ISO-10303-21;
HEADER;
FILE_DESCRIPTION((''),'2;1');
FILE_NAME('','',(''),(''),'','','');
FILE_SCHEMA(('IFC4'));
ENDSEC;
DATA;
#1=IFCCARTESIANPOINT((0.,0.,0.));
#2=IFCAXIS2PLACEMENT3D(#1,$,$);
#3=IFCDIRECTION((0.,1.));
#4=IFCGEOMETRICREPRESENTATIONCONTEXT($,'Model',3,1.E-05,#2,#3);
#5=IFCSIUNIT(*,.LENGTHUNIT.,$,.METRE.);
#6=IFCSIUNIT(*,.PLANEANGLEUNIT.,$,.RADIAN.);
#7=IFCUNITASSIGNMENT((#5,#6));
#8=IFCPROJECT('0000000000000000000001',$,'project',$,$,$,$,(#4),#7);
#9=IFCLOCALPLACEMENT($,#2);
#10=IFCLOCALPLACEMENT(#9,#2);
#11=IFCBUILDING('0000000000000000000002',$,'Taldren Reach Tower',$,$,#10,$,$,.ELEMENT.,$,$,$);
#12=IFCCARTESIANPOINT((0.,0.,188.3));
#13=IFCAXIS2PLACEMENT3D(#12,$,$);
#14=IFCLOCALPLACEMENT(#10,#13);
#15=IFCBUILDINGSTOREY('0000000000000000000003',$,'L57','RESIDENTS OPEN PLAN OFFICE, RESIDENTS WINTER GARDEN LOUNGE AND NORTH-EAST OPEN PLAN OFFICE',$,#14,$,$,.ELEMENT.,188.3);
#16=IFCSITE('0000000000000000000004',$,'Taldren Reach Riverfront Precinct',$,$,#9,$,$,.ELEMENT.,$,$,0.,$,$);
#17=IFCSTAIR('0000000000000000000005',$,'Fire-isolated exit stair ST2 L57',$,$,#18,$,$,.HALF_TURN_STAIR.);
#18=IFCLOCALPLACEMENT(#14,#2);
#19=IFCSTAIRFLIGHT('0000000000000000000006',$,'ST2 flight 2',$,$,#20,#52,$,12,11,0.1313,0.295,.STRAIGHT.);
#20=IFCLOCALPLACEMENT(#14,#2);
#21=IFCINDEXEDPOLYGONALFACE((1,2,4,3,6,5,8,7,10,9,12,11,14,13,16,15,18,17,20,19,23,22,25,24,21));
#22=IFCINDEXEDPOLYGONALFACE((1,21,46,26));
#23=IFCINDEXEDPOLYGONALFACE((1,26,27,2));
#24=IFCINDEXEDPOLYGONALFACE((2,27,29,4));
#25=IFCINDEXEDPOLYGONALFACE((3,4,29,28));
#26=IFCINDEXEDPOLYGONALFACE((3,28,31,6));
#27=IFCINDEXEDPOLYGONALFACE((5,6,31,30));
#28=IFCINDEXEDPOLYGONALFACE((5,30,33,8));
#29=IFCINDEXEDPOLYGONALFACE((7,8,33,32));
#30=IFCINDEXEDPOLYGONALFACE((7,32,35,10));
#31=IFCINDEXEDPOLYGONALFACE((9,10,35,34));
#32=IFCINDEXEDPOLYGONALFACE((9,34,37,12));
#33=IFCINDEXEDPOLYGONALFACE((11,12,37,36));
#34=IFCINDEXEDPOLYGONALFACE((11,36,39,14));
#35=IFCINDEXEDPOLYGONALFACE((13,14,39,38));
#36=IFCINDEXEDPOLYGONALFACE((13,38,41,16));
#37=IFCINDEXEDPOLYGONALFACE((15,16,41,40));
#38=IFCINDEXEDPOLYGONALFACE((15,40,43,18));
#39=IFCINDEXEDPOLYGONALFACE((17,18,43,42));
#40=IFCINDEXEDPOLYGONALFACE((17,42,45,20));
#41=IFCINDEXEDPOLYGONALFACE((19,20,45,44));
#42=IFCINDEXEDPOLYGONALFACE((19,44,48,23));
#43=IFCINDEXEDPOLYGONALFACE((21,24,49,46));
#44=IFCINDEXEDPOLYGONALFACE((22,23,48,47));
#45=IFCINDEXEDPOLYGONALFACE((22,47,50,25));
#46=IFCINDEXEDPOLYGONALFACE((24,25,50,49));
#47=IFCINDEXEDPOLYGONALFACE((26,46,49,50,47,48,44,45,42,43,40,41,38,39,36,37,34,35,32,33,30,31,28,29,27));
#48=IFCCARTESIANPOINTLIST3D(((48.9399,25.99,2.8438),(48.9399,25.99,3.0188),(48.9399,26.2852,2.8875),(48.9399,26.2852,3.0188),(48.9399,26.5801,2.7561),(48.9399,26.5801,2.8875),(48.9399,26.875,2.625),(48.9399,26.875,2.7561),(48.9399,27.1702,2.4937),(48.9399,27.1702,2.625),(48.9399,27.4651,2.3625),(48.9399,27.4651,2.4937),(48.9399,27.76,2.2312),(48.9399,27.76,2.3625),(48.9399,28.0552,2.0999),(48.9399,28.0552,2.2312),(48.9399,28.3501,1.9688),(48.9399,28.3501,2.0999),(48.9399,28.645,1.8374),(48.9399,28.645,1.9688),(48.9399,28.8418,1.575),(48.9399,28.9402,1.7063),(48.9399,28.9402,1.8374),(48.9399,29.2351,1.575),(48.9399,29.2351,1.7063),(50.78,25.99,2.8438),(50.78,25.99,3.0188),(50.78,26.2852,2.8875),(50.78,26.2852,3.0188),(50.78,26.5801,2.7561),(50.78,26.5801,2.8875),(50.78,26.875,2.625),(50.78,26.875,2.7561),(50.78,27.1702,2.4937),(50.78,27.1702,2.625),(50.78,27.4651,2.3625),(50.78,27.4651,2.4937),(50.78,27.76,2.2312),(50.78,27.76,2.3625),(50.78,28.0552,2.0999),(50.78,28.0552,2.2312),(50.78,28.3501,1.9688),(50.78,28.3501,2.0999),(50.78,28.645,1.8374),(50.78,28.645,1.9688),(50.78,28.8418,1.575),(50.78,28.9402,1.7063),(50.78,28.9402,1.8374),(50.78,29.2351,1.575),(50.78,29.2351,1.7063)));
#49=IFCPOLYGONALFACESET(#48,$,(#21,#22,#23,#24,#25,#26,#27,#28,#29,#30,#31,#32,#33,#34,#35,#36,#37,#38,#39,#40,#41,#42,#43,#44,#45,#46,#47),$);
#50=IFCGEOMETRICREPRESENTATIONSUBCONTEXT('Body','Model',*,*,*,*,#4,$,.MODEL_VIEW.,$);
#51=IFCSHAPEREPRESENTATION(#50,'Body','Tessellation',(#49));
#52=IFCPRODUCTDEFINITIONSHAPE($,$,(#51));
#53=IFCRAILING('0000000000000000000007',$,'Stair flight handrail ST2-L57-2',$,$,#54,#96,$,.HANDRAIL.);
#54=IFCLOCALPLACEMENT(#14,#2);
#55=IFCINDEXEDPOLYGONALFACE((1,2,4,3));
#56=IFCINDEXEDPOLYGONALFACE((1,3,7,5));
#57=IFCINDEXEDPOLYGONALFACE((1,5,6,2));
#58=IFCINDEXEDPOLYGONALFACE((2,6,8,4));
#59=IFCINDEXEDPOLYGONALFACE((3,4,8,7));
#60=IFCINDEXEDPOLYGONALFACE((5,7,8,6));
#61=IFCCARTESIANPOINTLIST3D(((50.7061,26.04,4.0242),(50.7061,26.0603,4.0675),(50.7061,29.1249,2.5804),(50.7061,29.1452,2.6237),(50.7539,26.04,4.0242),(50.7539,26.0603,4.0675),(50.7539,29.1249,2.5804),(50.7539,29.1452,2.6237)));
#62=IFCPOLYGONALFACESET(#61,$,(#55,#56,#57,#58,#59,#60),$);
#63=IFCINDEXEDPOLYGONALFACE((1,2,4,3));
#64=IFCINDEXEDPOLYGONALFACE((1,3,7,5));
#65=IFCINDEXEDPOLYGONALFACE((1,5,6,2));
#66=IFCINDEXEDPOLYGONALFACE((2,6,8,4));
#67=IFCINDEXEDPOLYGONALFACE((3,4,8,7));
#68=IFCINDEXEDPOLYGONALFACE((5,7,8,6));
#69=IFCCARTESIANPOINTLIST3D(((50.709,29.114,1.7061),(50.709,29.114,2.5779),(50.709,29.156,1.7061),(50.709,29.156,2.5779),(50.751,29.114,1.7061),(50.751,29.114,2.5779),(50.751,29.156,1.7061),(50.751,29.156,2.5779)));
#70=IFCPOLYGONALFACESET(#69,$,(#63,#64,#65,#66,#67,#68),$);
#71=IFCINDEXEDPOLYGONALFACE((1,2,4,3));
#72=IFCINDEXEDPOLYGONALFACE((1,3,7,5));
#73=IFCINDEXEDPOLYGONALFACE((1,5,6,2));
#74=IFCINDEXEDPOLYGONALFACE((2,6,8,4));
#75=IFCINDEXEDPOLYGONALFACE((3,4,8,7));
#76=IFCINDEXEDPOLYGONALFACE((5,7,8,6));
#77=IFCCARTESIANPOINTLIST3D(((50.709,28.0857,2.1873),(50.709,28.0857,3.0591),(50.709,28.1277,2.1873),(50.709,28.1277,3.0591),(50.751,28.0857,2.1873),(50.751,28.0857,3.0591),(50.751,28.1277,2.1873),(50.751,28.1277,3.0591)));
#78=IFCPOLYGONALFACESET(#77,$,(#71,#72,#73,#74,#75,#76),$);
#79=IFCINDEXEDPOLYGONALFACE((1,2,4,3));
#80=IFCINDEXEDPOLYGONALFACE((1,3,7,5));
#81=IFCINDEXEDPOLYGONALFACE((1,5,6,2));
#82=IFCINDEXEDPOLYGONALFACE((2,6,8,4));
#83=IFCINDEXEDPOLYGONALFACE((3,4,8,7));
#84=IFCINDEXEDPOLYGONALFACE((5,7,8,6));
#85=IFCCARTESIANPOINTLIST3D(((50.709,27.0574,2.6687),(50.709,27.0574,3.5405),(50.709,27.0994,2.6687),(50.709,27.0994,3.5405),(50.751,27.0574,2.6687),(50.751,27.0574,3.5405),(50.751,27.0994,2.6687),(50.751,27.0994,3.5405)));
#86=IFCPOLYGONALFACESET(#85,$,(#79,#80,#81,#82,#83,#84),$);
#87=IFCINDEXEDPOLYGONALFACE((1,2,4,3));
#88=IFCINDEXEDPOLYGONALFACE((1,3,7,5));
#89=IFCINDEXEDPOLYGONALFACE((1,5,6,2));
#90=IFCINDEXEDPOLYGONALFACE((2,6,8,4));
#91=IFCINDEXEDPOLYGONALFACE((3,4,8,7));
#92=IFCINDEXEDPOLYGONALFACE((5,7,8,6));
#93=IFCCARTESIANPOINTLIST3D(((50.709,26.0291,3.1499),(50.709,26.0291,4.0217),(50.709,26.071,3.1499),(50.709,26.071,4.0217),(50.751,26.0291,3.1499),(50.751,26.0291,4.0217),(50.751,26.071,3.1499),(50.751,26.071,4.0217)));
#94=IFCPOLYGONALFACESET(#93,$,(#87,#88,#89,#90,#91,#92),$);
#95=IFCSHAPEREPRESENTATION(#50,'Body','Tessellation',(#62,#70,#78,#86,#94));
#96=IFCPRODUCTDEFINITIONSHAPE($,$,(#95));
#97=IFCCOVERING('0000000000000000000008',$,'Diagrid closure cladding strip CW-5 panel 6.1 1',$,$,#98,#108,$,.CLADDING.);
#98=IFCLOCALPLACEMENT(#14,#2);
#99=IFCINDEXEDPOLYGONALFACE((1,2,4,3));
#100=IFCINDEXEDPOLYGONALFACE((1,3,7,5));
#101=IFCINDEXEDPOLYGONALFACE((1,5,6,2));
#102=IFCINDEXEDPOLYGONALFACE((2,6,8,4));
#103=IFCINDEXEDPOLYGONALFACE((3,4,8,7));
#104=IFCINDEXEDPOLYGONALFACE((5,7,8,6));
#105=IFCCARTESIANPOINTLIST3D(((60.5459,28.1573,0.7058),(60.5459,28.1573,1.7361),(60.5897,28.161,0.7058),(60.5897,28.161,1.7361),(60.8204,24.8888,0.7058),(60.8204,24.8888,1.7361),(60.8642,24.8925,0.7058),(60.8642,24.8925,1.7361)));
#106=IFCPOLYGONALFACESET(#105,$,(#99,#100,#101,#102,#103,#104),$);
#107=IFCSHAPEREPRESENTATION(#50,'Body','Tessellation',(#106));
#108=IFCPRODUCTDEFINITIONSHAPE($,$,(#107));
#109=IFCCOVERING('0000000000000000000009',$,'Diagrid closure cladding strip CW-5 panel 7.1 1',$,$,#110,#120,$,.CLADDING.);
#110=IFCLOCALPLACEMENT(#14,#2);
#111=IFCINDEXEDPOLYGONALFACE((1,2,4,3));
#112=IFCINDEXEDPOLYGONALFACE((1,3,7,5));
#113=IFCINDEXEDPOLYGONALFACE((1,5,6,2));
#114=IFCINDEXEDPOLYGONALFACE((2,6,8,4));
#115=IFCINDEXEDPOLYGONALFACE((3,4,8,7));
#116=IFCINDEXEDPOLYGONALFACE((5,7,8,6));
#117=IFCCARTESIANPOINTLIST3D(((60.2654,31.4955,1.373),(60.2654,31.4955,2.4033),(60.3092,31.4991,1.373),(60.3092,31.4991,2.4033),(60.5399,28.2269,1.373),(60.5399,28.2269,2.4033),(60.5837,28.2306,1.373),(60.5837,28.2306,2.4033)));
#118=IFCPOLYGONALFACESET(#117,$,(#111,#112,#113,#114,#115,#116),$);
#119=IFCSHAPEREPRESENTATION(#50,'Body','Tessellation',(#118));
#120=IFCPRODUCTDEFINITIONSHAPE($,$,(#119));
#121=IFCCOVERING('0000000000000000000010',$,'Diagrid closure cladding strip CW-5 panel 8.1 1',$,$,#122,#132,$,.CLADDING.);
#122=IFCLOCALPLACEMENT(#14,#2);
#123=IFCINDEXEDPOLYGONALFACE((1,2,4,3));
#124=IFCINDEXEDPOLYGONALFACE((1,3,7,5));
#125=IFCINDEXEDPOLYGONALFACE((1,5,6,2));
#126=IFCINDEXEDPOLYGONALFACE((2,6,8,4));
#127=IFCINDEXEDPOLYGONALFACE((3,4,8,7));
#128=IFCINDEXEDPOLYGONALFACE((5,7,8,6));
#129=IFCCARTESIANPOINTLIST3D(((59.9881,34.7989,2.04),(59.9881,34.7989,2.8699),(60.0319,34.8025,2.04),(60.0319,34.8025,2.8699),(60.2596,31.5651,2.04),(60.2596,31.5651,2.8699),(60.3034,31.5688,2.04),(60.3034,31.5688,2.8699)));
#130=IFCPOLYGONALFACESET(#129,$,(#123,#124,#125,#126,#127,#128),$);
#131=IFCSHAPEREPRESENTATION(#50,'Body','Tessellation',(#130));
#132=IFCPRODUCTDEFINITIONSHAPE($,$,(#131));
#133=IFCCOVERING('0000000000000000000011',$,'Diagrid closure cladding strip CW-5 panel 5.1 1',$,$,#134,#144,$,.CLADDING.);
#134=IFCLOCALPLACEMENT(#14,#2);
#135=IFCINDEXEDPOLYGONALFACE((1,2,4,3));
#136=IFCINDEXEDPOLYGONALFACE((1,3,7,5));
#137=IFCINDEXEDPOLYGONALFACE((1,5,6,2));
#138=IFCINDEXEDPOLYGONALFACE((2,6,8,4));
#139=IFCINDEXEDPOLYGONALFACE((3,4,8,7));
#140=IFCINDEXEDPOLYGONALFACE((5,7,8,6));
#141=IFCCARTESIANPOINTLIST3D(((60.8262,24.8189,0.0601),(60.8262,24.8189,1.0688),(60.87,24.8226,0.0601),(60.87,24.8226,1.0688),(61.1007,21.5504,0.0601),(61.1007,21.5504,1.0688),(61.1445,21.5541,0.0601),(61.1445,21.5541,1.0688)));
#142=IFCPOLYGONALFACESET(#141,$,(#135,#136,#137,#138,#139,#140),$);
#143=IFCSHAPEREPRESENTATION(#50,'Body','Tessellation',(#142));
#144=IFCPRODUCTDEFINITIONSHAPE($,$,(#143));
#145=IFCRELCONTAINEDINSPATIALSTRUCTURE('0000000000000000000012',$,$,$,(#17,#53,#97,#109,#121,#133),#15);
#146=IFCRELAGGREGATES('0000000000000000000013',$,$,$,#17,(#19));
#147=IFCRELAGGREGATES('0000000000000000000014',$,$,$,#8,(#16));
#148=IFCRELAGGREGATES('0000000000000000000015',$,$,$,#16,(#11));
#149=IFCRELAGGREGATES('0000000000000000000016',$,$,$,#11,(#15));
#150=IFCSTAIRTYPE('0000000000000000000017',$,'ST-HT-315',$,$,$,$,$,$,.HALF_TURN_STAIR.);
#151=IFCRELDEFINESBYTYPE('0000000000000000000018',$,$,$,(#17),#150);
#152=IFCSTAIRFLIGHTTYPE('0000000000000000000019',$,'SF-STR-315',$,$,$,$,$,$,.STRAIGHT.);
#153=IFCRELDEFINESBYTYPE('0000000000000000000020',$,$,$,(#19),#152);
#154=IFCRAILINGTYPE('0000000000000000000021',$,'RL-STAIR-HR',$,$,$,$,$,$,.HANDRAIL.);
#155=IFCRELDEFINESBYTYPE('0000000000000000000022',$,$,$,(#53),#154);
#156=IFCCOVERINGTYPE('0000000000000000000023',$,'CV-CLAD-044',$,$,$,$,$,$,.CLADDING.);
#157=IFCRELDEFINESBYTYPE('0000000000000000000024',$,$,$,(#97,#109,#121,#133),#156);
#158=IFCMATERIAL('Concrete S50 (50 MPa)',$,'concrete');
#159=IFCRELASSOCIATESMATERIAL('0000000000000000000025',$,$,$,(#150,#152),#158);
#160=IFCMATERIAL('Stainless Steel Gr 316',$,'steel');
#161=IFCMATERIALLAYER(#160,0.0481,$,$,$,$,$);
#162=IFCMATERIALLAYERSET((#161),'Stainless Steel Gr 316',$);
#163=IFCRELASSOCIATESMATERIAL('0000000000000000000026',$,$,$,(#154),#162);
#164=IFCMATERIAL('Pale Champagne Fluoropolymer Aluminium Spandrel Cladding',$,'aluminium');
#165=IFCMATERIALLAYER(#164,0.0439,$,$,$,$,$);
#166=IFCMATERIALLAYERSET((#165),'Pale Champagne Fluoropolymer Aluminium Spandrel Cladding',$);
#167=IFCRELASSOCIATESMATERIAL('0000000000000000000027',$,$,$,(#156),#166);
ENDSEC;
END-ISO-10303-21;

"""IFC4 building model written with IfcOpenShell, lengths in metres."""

from ifc_helpers import new_model, si_unit, direction, frame, origin, origin_2d, place, context, subcontext, project, spatial, polyline, rectangle, outline, extrude, source, transform, mapped, material, layer, layer_set, type_object, element, aggregate, save


model = new_model("IFC4")

# Units and contexts
model_context = context("Model", 3, precision=1e-05, world=origin(), true_north=direction((0.0, 1.0)))
body_context = subcontext(model_context, "Body", "Model", "MODEL_VIEW")
ifc_project = project(units=[si_unit("LENGTHUNIT", "METRE"), si_unit("PLANEANGLEUNIT", "RADIAN")], contexts=[model_context])

# Site, building, storey
site_placement = place(None, origin())
site = spatial("IfcSite", under=ifc_project, at=site_placement, Name="Taldren Reach Riverfront Precinct", CompositionType="ELEMENT", RefElevation=0.0)
building_placement = place(site_placement, origin())
building = spatial("IfcBuilding", under=site, at=building_placement, Name="Taldren Reach Tower", CompositionType="ELEMENT")
storey_placement = place(building_placement, frame((0.0, 0.0, 188.3)))
storey = spatial("IfcBuildingStorey", under=building, at=storey_placement, Name="L57", Description="RESIDENTS OPEN PLAN OFFICE, RESIDENTS WINTER GARDEN LOUNGE AND NORTH-EAST OPEN PLAN OFFICE", CompositionType="ELEMENT", Elevation=188.3)

# Stair, stair flight
ifc_material_1 = material(Name="Concrete S50 (50 MPa)", Category="concrete")
stair_type = type_object("IfcStairType", Name="ST-HT-315", PredefinedType="HALF_TURN_STAIR", material=ifc_material_1)
stair_placement = place(storey_placement, origin())
stair = element("IfcStair", 1, at=stair_placement, inside=storey, type_object=stair_type, Name="Fire-isolated exit stair ST2 L57", PredefinedType="HALF_TURN_STAIR")
stair_flight_type = type_object("IfcStairFlightType", Name="SF-STR-315", PredefinedType="STRAIGHT", material=ifc_material_1)
stair_flight_placement = place(storey_placement, frame((49.8601, 29.2351, 1.575), z_axis=(0.0, 0.0, 1.0), x_axis=(0.0, -1.0, 0.0)))
stair_flight = element("IfcStairFlight", 2, at=stair_flight_placement, type_object=stair_flight_type, Name="ST2 flight 2", NumberOfRisers=12, NumberOfTreads=11, PredefinedType="STRAIGHT", RiserHeight=0.1313, TreadLength=0.295, context=body_context, shape_type="SweptSolid", body=[
    extrude(outline(polyline([(0.0, 0.0), (0.0, 0.1313), (0.2949, 0.1313), (0.2949, 0.2625), (0.5901, 0.2625), (0.5901, 0.3938), (0.885, 0.3938), (0.885, 0.5249), (1.1799, 0.5249), (1.1799, 0.6562), (1.4751, 0.6562), (1.4751, 0.7876), (1.77, 0.7876), (1.77, 0.9187), (2.0649, 0.9187), (2.0649, 1.05), (2.3601, 1.05), (2.3601, 1.1812), (2.655, 1.1812), (2.655, 1.3125), (2.95, 1.3125), (2.95, 1.4438), (3.2451, 1.4438), (3.2451, 1.575), (3.2451, 1.2688), (0.3933, 0.0), (0.0, 0.0)])), frame((0.0, 0.9199, 0.0), z_axis=(0.0, -1.0, 0.0), x_axis=(1.0, 0.0, 0.0)), (0.0, 0.0, 1.0), 1.8401),
])
aggregate(stair, [stair_flight])

# Railing
ifc_material_2 = material(Name="Stainless Steel Gr 316", Category="steel")
ifc_layer_1 = layer(ifc_material_2, 0.0481)
ifc_layer_set_1 = layer_set([ifc_layer_1], Name="Stainless Steel Gr 316")
railing_type = type_object("IfcRailingType", Name="RL-STAIR-HR", PredefinedType="HANDRAIL", material=ifc_layer_set_1)
railing_placement = place(storey_placement, frame((50.73, 29.135, 1.7061)))
element("IfcRailing", 3, at=railing_placement, inside=storey, type_object=railing_type, Name="Stair flight handrail ST2-L57-2", PredefinedType="HANDRAIL", context=body_context, shape_type="SweptSolid", body=[
    extrude(rectangle(XDim=0.0479, YDim=0.0479, at=origin_2d()), frame((0.0, 0.0, 0.896), z_axis=(0.0, -0.90571, 0.423898), x_axis=(1.0, 0.0, 0.0)), (0.0, 0.0, 1.0), 3.406),
    extrude(rectangle(XDim=0.042, YDim=0.042, at=origin_2d()), origin(), (0.0, 0.0, 1.0), 0.8718),
    extrude(rectangle(XDim=0.042, YDim=0.042, at=origin_2d()), frame((0.0, -1.0283, 0.4812)), (0.0, 0.0, 1.0), 0.8718),
    extrude(rectangle(XDim=0.042, YDim=0.042, at=origin_2d()), frame((0.0, -2.0566, 0.9626)), (0.0, 0.0, 1.0), 0.8718),
    extrude(rectangle(XDim=0.042, YDim=0.042, at=origin_2d()), frame((0.0, -3.085, 1.4438)), (0.0, 0.0, 1.0), 0.8718),
])

# Coverings
ifc_material_3 = material(Name="Pale Champagne Fluoropolymer Aluminium Spandrel Cladding", Category="aluminium")
ifc_layer_2 = layer(ifc_material_3, 0.0439)
ifc_layer_set_2 = layer_set([ifc_layer_2], Name="Pale Champagne Fluoropolymer Aluminium Spandrel Cladding")
covering_type = type_object("IfcCoveringType", Name="CV-CLAD-044", PredefinedType="CLADDING", material=ifc_layer_set_2)
shared_shape_1 = source(origin(), body_context, "Body", "SweptSolid", [
    extrude(rectangle(XDim=3.28, YDim=0.0439, at=origin_2d()), origin(), (0.0, 0.0, 1.0), 1.0303),
])
for number, where, z_axis, x_axis, name in (
    (4, (60.7051, 26.5249, 0.7058), (0.0, 0.0, 1.0), (-0.083678, 0.996493, 0.0), "Diagrid closure cladding strip CW-5 panel 6.1 1"),
    (5, (60.4246, 29.863, 1.373), (0.0, 0.0, 1.0), (-0.083678, 0.996493, 0.0), "Diagrid closure cladding strip CW-5 panel 7.1 1"),
):
    element("IfcCovering", number, at=place(storey_placement, frame(where, z_axis=z_axis, x_axis=x_axis)), inside=storey, type_object=covering_type, Name=name, PredefinedType="CLADDING", context=body_context, shape_type="MappedRepresentation", body=[
        mapped(shared_shape_1, transform((0.0, 0.0, 0.0), scale=1.0)),
    ])
shared_shape_2 = source(origin(), body_context, "Body", "SweptSolid", [
    extrude(rectangle(XDim=3.2451, YDim=0.0439, at=origin_2d()), origin(), (0.0, 0.0, 1.0), 0.8298),
])
covering_1_placement = place(storey_placement, frame((60.1458, 33.1838, 2.04), z_axis=(0.0, 0.0, 1.0), x_axis=(-0.083678, 0.996493, 0.0)))
element("IfcCovering", 6, at=covering_1_placement, inside=storey, type_object=covering_type, Name="Diagrid closure cladding strip CW-5 panel 8.1 1", PredefinedType="CLADDING", context=body_context, shape_type="MappedRepresentation", body=[
    mapped(shared_shape_2, transform((0.0, 0.0, 0.0), scale=1.0)),
])
shared_shape_3 = source(origin(), body_context, "Body", "SweptSolid", [
    extrude(rectangle(XDim=3.28, YDim=0.0439, at=origin_2d()), origin(), (0.0, 0.0, 1.0), 1.0088),
])
covering_2_placement = place(storey_placement, frame((60.9854, 23.1865, 0.0601), z_axis=(0.0, 0.0, 1.0), x_axis=(-0.083678, 0.996493, 0.0)))
element("IfcCovering", 7, at=covering_2_placement, inside=storey, type_object=covering_type, Name="Diagrid closure cladding strip CW-5 panel 5.1 1", PredefinedType="CLADDING", context=body_context, shape_type="MappedRepresentation", body=[
    mapped(shared_shape_3, transform((0.0, 0.0, 0.0), scale=1.0)),
])

save(model, "model.ifc")
